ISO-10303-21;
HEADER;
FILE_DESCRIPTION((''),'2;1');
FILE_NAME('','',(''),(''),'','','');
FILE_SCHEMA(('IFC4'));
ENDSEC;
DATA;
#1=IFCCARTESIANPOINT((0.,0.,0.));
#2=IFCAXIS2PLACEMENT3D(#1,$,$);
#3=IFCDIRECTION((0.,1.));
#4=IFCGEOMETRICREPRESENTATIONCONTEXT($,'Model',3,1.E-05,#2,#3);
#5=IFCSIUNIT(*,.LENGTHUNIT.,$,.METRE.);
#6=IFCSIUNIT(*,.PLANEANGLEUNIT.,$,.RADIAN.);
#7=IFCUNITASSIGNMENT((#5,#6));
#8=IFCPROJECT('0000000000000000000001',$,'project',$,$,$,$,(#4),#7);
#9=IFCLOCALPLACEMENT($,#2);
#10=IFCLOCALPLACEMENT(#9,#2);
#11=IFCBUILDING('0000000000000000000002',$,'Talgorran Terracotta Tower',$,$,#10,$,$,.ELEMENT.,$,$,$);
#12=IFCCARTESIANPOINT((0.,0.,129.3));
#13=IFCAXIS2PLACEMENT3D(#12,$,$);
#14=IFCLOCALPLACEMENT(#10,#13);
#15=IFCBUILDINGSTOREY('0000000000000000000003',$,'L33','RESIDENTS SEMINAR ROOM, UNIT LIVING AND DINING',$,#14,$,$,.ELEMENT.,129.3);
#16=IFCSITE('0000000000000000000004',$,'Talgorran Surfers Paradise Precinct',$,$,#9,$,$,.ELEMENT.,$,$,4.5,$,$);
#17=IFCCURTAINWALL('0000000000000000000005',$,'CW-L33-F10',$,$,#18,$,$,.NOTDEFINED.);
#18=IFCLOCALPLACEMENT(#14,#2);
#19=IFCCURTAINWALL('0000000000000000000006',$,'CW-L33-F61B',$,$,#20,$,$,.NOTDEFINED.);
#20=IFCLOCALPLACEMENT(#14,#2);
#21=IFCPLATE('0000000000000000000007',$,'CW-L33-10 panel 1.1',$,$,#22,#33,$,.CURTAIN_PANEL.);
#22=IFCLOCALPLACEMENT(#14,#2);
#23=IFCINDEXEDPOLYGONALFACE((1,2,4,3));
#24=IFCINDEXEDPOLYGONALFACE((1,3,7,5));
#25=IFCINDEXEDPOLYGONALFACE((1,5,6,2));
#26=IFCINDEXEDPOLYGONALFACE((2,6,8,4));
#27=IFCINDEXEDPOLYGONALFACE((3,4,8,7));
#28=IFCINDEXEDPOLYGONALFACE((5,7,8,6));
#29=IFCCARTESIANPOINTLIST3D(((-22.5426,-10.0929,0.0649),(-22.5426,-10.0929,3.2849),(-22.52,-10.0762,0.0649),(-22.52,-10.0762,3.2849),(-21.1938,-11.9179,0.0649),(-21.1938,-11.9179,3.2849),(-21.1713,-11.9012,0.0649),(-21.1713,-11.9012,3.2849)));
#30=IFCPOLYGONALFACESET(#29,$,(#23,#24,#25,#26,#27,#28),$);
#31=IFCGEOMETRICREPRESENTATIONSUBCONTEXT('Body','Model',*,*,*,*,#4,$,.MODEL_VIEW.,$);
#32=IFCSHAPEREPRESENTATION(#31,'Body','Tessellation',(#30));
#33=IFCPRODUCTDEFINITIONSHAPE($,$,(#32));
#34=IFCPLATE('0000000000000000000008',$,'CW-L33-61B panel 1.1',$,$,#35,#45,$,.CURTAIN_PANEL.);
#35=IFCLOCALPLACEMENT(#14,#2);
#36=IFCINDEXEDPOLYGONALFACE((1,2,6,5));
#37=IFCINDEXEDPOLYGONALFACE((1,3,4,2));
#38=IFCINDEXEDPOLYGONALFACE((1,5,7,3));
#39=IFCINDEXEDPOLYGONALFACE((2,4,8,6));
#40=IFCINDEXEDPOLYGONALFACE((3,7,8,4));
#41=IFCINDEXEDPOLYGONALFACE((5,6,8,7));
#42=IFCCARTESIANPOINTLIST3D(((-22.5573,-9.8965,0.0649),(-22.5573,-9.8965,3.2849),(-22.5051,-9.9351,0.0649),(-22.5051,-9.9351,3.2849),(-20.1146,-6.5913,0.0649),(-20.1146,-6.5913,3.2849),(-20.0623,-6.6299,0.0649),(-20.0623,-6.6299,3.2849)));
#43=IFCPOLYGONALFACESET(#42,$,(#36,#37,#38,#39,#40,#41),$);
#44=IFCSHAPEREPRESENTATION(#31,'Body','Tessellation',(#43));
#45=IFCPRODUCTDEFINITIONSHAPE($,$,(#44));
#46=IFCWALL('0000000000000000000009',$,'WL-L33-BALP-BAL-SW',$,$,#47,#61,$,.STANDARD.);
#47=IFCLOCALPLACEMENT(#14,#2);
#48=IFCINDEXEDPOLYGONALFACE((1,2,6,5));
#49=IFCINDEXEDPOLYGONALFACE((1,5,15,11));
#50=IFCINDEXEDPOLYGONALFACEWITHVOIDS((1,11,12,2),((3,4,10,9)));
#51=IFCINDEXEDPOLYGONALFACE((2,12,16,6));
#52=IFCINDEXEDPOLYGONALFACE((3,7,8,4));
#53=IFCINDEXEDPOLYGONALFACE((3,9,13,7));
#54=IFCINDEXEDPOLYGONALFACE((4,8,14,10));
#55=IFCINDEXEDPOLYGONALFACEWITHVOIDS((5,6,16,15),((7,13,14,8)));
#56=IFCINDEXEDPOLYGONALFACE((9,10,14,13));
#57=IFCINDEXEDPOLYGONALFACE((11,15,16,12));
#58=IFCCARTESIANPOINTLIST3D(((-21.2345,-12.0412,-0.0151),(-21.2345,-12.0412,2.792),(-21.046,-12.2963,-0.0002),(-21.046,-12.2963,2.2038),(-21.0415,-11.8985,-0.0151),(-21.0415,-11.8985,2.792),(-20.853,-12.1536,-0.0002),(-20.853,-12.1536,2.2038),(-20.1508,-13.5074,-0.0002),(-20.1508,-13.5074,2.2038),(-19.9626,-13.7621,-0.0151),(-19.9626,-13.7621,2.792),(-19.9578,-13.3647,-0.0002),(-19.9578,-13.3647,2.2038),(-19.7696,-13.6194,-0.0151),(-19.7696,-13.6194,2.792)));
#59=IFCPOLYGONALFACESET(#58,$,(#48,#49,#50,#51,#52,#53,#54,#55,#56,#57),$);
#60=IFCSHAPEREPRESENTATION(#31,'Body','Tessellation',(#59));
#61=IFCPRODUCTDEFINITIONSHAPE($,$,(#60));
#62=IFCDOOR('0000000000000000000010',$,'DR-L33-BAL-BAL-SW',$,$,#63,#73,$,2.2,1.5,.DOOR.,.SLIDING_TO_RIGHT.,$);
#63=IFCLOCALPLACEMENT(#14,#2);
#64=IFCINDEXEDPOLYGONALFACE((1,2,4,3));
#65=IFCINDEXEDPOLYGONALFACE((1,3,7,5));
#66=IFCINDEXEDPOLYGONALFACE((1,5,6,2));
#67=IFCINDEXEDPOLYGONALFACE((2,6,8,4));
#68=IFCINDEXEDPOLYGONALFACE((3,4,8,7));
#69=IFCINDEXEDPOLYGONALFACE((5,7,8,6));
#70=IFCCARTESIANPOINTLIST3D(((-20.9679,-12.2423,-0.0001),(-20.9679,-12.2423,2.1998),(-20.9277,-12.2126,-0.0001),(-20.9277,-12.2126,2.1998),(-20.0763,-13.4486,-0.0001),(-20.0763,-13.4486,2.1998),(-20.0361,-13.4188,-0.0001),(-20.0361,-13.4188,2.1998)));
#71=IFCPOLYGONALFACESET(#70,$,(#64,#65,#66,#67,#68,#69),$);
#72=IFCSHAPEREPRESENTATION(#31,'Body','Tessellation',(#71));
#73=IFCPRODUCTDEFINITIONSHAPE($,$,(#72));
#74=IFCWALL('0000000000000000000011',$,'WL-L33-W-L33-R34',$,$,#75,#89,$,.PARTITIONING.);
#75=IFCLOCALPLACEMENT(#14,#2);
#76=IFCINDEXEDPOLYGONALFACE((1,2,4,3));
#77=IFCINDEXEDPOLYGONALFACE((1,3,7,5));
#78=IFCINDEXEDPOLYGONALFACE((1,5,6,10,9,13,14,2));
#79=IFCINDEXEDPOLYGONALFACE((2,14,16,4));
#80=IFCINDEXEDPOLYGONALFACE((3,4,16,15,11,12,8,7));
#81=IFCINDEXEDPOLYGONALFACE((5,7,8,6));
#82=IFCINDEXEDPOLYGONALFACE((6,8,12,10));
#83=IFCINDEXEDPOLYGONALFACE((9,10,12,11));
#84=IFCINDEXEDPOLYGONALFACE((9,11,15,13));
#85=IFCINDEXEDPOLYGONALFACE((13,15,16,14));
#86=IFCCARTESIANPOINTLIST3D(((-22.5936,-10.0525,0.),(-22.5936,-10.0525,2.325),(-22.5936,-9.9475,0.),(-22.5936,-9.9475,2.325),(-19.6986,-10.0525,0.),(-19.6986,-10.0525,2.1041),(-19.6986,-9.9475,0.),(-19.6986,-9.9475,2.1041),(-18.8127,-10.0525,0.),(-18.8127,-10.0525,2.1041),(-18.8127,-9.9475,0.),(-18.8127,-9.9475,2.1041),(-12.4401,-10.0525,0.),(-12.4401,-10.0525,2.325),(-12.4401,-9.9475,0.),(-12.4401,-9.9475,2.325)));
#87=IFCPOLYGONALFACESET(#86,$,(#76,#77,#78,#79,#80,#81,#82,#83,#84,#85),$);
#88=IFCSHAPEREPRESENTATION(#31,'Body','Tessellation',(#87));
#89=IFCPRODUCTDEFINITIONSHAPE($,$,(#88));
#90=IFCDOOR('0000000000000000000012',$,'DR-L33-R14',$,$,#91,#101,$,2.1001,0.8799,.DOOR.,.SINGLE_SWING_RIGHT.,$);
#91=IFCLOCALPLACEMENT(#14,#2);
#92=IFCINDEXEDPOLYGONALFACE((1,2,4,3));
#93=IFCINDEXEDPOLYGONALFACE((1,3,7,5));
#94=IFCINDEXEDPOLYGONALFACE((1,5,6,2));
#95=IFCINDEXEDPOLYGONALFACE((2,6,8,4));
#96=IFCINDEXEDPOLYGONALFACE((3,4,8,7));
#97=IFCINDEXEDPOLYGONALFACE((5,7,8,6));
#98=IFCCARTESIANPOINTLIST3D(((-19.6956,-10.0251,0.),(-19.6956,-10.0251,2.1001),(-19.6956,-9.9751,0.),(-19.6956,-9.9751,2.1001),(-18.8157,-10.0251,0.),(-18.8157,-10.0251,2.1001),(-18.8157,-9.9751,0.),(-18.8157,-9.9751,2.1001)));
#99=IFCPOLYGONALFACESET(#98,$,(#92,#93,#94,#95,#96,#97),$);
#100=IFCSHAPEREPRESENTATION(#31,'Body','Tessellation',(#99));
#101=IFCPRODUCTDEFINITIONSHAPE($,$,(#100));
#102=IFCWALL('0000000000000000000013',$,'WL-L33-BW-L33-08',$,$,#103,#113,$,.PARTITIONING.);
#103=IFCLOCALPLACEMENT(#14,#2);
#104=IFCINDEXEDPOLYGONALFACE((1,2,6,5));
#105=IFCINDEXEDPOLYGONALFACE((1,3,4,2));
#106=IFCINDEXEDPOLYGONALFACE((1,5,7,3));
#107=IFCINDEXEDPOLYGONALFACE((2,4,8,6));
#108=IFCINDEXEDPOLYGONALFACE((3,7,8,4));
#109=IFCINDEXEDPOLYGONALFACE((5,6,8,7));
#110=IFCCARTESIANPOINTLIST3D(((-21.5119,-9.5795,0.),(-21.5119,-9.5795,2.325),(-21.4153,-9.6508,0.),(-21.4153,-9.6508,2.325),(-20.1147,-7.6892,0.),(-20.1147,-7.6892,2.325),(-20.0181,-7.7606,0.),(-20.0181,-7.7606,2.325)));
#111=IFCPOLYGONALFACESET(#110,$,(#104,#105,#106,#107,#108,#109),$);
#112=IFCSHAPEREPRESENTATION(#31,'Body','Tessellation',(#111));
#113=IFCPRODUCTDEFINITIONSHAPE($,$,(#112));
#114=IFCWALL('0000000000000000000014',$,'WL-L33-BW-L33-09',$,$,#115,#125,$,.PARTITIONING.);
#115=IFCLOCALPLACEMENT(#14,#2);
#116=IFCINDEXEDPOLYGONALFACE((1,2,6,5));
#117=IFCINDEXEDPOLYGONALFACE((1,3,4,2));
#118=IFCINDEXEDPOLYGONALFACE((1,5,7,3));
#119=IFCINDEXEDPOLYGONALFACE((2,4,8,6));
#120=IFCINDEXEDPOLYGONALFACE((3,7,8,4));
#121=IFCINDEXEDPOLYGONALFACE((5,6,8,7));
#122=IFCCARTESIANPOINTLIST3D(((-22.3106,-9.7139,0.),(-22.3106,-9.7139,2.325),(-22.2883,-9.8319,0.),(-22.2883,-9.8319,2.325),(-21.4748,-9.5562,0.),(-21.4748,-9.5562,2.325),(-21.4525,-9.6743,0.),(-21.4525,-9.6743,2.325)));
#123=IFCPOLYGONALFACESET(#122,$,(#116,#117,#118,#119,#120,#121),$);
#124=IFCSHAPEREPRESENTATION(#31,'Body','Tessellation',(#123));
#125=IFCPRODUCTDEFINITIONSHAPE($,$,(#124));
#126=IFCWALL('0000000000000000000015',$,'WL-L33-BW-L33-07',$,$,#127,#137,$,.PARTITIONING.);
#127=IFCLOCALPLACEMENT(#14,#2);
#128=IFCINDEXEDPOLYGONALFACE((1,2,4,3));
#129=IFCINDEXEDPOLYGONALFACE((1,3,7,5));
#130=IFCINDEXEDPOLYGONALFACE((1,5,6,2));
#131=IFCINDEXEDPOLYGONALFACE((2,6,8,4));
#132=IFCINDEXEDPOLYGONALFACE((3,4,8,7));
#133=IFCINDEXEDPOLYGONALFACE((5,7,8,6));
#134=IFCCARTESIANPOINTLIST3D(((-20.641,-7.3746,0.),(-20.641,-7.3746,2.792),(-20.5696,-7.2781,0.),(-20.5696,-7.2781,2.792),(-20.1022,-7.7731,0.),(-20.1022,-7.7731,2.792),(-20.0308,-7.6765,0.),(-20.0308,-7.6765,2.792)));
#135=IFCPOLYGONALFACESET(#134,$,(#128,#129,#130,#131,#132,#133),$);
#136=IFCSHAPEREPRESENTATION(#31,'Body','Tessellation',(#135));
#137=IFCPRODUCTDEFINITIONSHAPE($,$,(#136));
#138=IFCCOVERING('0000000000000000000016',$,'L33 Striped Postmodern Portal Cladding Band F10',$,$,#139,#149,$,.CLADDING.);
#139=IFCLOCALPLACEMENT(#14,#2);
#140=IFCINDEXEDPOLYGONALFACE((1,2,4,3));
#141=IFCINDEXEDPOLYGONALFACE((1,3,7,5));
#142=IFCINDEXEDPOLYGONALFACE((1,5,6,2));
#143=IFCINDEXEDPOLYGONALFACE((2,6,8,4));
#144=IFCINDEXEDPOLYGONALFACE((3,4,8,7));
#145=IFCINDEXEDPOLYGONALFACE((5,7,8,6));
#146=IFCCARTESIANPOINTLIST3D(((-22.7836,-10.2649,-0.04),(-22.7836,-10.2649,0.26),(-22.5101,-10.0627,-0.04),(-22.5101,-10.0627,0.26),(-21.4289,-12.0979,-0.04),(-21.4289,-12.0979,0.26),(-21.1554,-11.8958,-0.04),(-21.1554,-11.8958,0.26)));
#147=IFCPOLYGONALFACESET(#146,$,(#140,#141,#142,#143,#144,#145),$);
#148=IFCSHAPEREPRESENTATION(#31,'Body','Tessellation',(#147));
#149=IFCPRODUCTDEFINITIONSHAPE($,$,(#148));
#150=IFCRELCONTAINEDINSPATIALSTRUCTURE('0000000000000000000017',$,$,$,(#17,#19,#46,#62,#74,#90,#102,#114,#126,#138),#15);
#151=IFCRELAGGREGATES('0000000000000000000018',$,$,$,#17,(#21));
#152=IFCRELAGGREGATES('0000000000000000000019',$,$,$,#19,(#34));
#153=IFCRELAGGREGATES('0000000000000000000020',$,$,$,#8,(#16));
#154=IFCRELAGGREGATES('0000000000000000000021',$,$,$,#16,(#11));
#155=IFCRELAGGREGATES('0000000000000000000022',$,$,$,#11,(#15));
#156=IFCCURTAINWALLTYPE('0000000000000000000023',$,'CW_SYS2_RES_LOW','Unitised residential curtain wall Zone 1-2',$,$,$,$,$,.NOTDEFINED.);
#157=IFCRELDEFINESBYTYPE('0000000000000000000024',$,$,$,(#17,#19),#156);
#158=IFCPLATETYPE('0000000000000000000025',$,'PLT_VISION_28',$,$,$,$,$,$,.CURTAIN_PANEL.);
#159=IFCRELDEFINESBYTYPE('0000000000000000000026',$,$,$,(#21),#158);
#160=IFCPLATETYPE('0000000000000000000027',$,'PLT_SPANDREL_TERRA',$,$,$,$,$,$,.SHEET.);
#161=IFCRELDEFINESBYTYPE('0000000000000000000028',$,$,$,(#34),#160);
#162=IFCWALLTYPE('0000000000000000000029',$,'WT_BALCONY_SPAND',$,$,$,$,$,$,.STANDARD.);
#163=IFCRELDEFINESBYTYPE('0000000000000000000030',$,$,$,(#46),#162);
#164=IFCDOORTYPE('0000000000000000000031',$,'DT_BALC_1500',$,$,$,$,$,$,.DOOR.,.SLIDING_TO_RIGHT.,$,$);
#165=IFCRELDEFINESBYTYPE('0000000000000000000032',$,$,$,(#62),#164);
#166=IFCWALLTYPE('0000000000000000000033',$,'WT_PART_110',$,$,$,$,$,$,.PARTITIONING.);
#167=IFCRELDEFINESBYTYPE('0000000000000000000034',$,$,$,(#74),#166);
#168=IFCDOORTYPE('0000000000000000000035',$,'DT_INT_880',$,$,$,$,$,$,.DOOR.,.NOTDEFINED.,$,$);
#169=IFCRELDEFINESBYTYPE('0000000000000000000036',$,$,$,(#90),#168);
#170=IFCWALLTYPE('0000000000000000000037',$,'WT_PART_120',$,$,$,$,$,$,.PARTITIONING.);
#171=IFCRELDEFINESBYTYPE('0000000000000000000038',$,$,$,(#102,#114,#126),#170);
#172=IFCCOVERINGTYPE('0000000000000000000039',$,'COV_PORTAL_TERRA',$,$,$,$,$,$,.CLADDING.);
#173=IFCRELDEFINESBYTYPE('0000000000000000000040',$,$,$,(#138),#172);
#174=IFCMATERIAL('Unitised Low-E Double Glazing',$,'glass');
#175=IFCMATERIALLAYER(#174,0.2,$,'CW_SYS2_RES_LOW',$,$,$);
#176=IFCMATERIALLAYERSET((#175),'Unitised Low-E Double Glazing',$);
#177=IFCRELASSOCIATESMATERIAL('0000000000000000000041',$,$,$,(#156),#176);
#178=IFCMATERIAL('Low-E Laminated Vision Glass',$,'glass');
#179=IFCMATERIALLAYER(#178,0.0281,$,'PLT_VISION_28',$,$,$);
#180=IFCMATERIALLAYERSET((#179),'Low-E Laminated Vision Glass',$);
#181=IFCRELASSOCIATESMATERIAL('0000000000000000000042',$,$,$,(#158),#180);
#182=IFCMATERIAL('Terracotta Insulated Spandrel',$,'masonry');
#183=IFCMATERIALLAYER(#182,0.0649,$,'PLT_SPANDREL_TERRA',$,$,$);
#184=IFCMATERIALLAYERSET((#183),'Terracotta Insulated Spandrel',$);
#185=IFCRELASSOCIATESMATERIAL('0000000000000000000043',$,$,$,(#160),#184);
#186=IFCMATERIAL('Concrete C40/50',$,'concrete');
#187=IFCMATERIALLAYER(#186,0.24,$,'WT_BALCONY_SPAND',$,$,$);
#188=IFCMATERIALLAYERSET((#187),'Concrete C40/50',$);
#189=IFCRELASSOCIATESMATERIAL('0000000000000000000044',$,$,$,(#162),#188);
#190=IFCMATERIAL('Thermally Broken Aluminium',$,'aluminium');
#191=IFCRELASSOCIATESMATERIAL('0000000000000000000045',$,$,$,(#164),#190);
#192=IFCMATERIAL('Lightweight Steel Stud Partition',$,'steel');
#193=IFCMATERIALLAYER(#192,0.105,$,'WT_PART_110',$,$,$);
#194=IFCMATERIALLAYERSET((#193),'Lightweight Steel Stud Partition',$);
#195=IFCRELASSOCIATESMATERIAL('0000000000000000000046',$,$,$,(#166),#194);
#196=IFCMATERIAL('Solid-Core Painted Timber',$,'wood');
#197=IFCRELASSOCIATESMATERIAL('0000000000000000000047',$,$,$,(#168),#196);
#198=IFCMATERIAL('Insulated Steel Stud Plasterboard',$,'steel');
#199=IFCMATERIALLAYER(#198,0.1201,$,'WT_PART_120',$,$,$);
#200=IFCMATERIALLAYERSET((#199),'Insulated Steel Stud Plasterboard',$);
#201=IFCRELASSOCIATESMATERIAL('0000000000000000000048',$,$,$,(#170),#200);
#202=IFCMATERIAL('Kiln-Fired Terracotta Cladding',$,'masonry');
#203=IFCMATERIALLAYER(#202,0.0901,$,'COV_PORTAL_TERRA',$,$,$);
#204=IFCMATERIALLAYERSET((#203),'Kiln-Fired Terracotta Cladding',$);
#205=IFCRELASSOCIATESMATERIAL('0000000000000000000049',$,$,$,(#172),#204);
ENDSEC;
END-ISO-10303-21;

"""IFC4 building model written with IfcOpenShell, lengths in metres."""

from ifc_helpers import new_model, si_unit, direction, frame, frame_2d, origin, origin_2d, place, context, subcontext, project, spatial, rectangle, extrude, source, transform, mapped, material, layer, layer_set, type_object, type_shapes, element, fill, aggregate, save


model = new_model("IFC4")

# Units and contexts
model_context = context("Model", 3, precision=1e-05, world=origin(), true_north=direction((0.0, 1.0)))
body_context = subcontext(model_context, "Body", "Model", "MODEL_VIEW")
ifc_project = project(units=[si_unit("LENGTHUNIT", "METRE"), si_unit("PLANEANGLEUNIT", "RADIAN")], contexts=[model_context])

# Site, building, storey
site_placement = place(None, origin())
site = spatial("IfcSite", under=ifc_project, at=site_placement, Name="Talgorran Surfers Paradise Precinct", CompositionType="ELEMENT", RefElevation=4.5)
building_placement = place(site_placement, origin())
building = spatial("IfcBuilding", under=site, at=building_placement, Name="Talgorran Terracotta Tower", CompositionType="ELEMENT")
storey_placement = place(building_placement, frame((0.0, 0.0, 129.3)))
storey = spatial("IfcBuildingStorey", under=building, at=storey_placement, Name="L33", Description="RESIDENTS SEMINAR ROOM, UNIT LIVING AND DINING", CompositionType="ELEMENT", Elevation=129.3)

# Curtain wall
ifc_material_1 = material(Name="Unitised Low-E Double Glazing", Category="glass")
ifc_layer_1 = layer(ifc_material_1, 0.2, Name="CW_SYS2_RES_LOW")
ifc_layer_set_1 = layer_set([ifc_layer_1], Name="Unitised Low-E Double Glazing")
curtain_wall_type = type_object("IfcCurtainWallType", Name="CW_SYS2_RES_LOW", Description="Unitised residential curtain wall Zone 1-2", PredefinedType="NOTDEFINED", material=ifc_layer_set_1)
curtain_wall_1_placement = place(storey_placement, origin())
curtain_wall_1 = element("IfcCurtainWall", 1, at=curtain_wall_1_placement, inside=storey, type_object=curtain_wall_type, Name="CW-L33-F10", PredefinedType="NOTDEFINED")

# Curtain wall
curtain_wall_2_placement = place(storey_placement, origin())
curtain_wall_2 = element("IfcCurtainWall", 2, at=curtain_wall_2_placement, inside=storey, type_object=curtain_wall_type, Name="CW-L33-F61B", PredefinedType="NOTDEFINED")

# Plates
ifc_material_2 = material(Name="Low-E Laminated Vision Glass", Category="glass")
ifc_layer_2 = layer(ifc_material_2, 0.0281, Name="PLT_VISION_28")
ifc_layer_set_2 = layer_set([ifc_layer_2], Name="Low-E Laminated Vision Glass")
plate_type_1 = type_object("IfcPlateType", Name="PLT_VISION_28", PredefinedType="CURTAIN_PANEL", material=ifc_layer_set_2)
shared_shape_1 = source(origin(), body_context, "Body", "SweptSolid", [
    extrude(rectangle(XDim=2.2693, YDim=0.0281, at=origin_2d()), origin(), (0.0, 0.0, 1.0), 3.22),
])
type_shapes(plate_type_1, [shared_shape_1])
plate_1_placement = place(storey_placement, frame((-21.8569, -10.9971, 0.0649), z_axis=(0.0, 0.0, 1.0), x_axis=(0.59435, -0.804206, 0.0)))
plate_1 = element("IfcPlate", 3, at=plate_1_placement, type_object=plate_type_1, Name="CW-L33-10 panel 1.1", PredefinedType="CURTAIN_PANEL", context=body_context, shape_type="MappedRepresentation", body=[
    mapped(shared_shape_1, transform((0.0, 0.0, 0.0), scale=1.0)),
])
aggregate(curtain_wall_1, [plate_1])
ifc_material_3 = material(Name="Terracotta Insulated Spandrel", Category="masonry")
ifc_layer_3 = layer(ifc_material_3, 0.0649, Name="PLT_SPANDREL_TERRA")
ifc_layer_set_3 = layer_set([ifc_layer_3], Name="Terracotta Insulated Spandrel")
plate_type_2 = type_object("IfcPlateType", Name="PLT_SPANDREL_TERRA", PredefinedType="SHEET", material=ifc_layer_set_3)
shared_shape_2 = source(origin(), body_context, "Body", "SweptSolid", [
    extrude(rectangle(XDim=4.1099, YDim=0.0649, at=origin_2d()), origin(), (0.0, 0.0, 1.0), 3.22),
])
type_shapes(plate_type_2, [shared_shape_2])
plate_2_placement = place(storey_placement, frame((-21.3098, -8.2632, 0.0649), z_axis=(0.0, 0.0, 1.0), x_axis=(-0.594359, -0.8042, 0.0)))
plate_2 = element("IfcPlate", 4, at=plate_2_placement, type_object=plate_type_2, Name="CW-L33-61B panel 1.1", PredefinedType="CURTAIN_PANEL", context=body_context, shape_type="MappedRepresentation", body=[
    mapped(shared_shape_2, transform((0.0, 0.0, 0.0), scale=1.0)),
])
aggregate(curtain_wall_2, [plate_2])

# Walls, openings, doors
ifc_material_4 = material(Name="Concrete C40/50", Category="concrete")
ifc_layer_4 = layer(ifc_material_4, 0.24, Name="WT_BALCONY_SPAND")
ifc_layer_set_4 = layer_set([ifc_layer_4], Name="Concrete C40/50")
wall_type_1 = type_object("IfcWallType", Name="WT_BALCONY_SPAND", PredefinedType="STANDARD", material=ifc_layer_set_4)
wall_1_placement = place(storey_placement, frame((-21.1379, -11.97, -0.0151), z_axis=(0.0, 0.0, 1.0), x_axis=(0.594381, -0.804183, 0.0)))
wall_1 = element("IfcWall", 5, at=wall_1_placement, inside=storey, type_object=wall_type_1, Name="WL-L33-BALP-BAL-SW", PredefinedType="STANDARD", context=body_context, shape_type="SweptSolid", body=[
    extrude(rectangle(XDim=2.1399, YDim=0.24, at=frame_2d((1.0698, 0.0))), origin(), (0.0, 0.0, 1.0), 2.8071),
])
opening_1_placement = place(wall_1_placement, frame((0.3201, 0.0, 0.0149)))
opening_1 = element("IfcOpeningElement", 6, at=opening_1_placement, cuts=wall_1, PredefinedType="OPENING", context=body_context, shape_type="SweptSolid", body=[
    extrude(rectangle(XDim=1.506, YDim=2.204, at=frame_2d((0.75, 1.1021))), frame((0.0, 0.1299, 0.0), z_axis=(0.0, -1.0, 0.0), x_axis=(1.0, 0.0, 0.0)), (0.0, 0.0, 1.0), 0.26),
])
ifc_material_5 = material(Name="Thermally Broken Aluminium", Category="aluminium")
door_type_1 = type_object("IfcDoorType", Name="DT_BALC_1500", OperationType="SLIDING_TO_RIGHT", PredefinedType="DOOR", material=ifc_material_5)
door_1_placement = place(opening_1_placement, origin())
door_1 = element("IfcDoor", 7, at=door_1_placement, inside=storey, type_object=door_type_1, Name="DR-L33-BAL-BAL-SW", OperationType="SLIDING_TO_RIGHT", OverallHeight=2.2, OverallWidth=1.5, PredefinedType="DOOR", context=body_context, shape_type="SweptSolid", body=[
    extrude(rectangle(XDim=1.5, YDim=2.2, at=frame_2d((0.75, 1.1001))), frame((0.0, 0.0249, 0.0), z_axis=(0.0, -1.0, 0.0), x_axis=(1.0, 0.0, 0.0)), (0.0, 0.0, 1.0), 0.05),
])
fill(opening_1, door_1)
ifc_material_6 = material(Name="Lightweight Steel Stud Partition", Category="steel")
ifc_layer_5 = layer(ifc_material_6, 0.105, Name="WT_PART_110")
ifc_layer_set_5 = layer_set([ifc_layer_5], Name="Lightweight Steel Stud Partition")
wall_type_2 = type_object("IfcWallType", Name="WT_PART_110", PredefinedType="PARTITIONING", material=ifc_layer_set_5)
wall_2_placement = place(storey_placement, frame((-22.5935, -10.0, 0.0), z_axis=(0.0, 0.0, 1.0), x_axis=(1.0, 0.0, 0.0)))
wall_2 = element("IfcWall", 8, at=wall_2_placement, inside=storey, type_object=wall_type_2, Name="WL-L33-W-L33-R34", PredefinedType="PARTITIONING", context=body_context, shape_type="SweptSolid", body=[
    extrude(rectangle(XDim=10.1536, YDim=0.105, at=frame_2d((5.0767, 0.0))), origin(), (0.0, 0.0, 1.0), 2.325),
])
opening_2_placement = place(wall_2_placement, frame((2.8979, 0.0, 0.0)))
opening_2 = element("IfcOpeningElement", 9, at=opening_2_placement, cuts=wall_2, PredefinedType="OPENING", context=body_context, shape_type="SweptSolid", body=[
    extrude(rectangle(XDim=0.8859, YDim=2.1041, at=frame_2d((0.4399, 1.052))), frame((0.0, 0.0625, 0.0), z_axis=(0.0, -1.0, 0.0), x_axis=(1.0, 0.0, 0.0)), (0.0, 0.0, 1.0), 0.125),
])
ifc_material_7 = material(Name="Solid-Core Painted Timber", Category="wood")
door_type_2 = type_object("IfcDoorType", Name="DT_INT_880", OperationType="NOTDEFINED", PredefinedType="DOOR", material=ifc_material_7)
door_2_placement = place(opening_2_placement, origin())
door_2 = element("IfcDoor", 10, at=door_2_placement, inside=storey, type_object=door_type_2, Name="DR-L33-R14", OperationType="SINGLE_SWING_RIGHT", OverallHeight=2.1001, OverallWidth=0.8799, PredefinedType="DOOR", context=body_context, shape_type="SweptSolid", body=[
    extrude(rectangle(XDim=0.8799, YDim=2.1001, at=frame_2d((0.4399, 1.05))), frame((0.0, 0.0249, 0.0), z_axis=(0.0, -1.0, 0.0), x_axis=(1.0, 0.0, 0.0)), (0.0, 0.0, 1.0), 0.05),
])
fill(opening_2, door_2)

# Walls
ifc_material_8 = material(Name="Insulated Steel Stud Plasterboard", Category="steel")
ifc_layer_6 = layer(ifc_material_8, 0.1201, Name="WT_PART_120")
ifc_layer_set_6 = layer_set([ifc_layer_6], Name="Insulated Steel Stud Plasterboard")
wall_type_3 = type_object("IfcWallType", Name="WT_PART_120", PredefinedType="PARTITIONING", material=ifc_layer_set_6)
wall_3_placement = place(storey_placement, frame((-20.0664, -7.7249, 0.0), z_axis=(0.0, 0.0, 1.0), x_axis=(-0.594385, -0.80418, 0.0)))
element("IfcWall", 11, at=wall_3_placement, inside=storey, type_object=wall_type_3, Name="WL-L33-BW-L33-08", PredefinedType="PARTITIONING", context=body_context, shape_type="SweptSolid", body=[
    extrude(rectangle(XDim=2.3506, YDim=0.1201, at=frame_2d((1.1753, 0.0))), origin(), (0.0, 0.0, 1.0), 2.325),
])
wall_4_placement = place(storey_placement, frame((-21.4636, -9.6152, 0.0), z_axis=(0.0, 0.0, 1.0), x_axis=(-0.982664, -0.185397, 0.0)))
element("IfcWall", 12, at=wall_4_placement, inside=storey, type_object=wall_type_3, Name="WL-L33-BW-L33-09", PredefinedType="PARTITIONING", context=body_context, shape_type="SweptSolid", body=[
    extrude(rectangle(XDim=0.8506, YDim=0.1201, at=frame_2d((0.4253, 0.0))), origin(), (0.0, 0.0, 1.0), 2.325),
])
wall_5_placement = place(storey_placement, frame((-20.6052, -7.3264, 0.0), z_axis=(0.0, 0.0, 1.0), x_axis=(0.804047, -0.594565, 0.0)))
element("IfcWall", 13, at=wall_5_placement, inside=storey, type_object=wall_type_3, Name="WL-L33-BW-L33-07", PredefinedType="PARTITIONING", context=body_context, shape_type="SweptSolid", body=[
    extrude(rectangle(XDim=0.6702, YDim=0.1201, at=frame_2d((0.335, 0.0))), origin(), (0.0, 0.0, 1.0), 2.792),
])

# Covering
ifc_material_9 = material(Name="Kiln-Fired Terracotta Cladding", Category="masonry")
ifc_layer_7 = layer(ifc_material_9, 0.0901, Name="COV_PORTAL_TERRA")
ifc_layer_set_7 = layer_set([ifc_layer_7], Name="Kiln-Fired Terracotta Cladding")
covering_type = type_object("IfcCoveringType", Name="COV_PORTAL_TERRA", PredefinedType="CLADDING", material=ifc_layer_set_7)
covering_placement = place(storey_placement, frame((-21.9695, -11.0803, -0.04), z_axis=(0.0, 0.0, 1.0), x_axis=(0.594346, -0.80421, 0.0)))
element("IfcCovering", 14, at=covering_placement, inside=storey, type_object=covering_type, Name="L33 Striped Postmodern Portal Cladding Band F10", PredefinedType="CLADDING", context=body_context, shape_type="SweptSolid", body=[
    extrude(rectangle(XDim=2.2793, YDim=0.3401, at=origin_2d()), origin(), (0.0, 0.0, 1.0), 0.3),
])

save(model, "model.ifc")
